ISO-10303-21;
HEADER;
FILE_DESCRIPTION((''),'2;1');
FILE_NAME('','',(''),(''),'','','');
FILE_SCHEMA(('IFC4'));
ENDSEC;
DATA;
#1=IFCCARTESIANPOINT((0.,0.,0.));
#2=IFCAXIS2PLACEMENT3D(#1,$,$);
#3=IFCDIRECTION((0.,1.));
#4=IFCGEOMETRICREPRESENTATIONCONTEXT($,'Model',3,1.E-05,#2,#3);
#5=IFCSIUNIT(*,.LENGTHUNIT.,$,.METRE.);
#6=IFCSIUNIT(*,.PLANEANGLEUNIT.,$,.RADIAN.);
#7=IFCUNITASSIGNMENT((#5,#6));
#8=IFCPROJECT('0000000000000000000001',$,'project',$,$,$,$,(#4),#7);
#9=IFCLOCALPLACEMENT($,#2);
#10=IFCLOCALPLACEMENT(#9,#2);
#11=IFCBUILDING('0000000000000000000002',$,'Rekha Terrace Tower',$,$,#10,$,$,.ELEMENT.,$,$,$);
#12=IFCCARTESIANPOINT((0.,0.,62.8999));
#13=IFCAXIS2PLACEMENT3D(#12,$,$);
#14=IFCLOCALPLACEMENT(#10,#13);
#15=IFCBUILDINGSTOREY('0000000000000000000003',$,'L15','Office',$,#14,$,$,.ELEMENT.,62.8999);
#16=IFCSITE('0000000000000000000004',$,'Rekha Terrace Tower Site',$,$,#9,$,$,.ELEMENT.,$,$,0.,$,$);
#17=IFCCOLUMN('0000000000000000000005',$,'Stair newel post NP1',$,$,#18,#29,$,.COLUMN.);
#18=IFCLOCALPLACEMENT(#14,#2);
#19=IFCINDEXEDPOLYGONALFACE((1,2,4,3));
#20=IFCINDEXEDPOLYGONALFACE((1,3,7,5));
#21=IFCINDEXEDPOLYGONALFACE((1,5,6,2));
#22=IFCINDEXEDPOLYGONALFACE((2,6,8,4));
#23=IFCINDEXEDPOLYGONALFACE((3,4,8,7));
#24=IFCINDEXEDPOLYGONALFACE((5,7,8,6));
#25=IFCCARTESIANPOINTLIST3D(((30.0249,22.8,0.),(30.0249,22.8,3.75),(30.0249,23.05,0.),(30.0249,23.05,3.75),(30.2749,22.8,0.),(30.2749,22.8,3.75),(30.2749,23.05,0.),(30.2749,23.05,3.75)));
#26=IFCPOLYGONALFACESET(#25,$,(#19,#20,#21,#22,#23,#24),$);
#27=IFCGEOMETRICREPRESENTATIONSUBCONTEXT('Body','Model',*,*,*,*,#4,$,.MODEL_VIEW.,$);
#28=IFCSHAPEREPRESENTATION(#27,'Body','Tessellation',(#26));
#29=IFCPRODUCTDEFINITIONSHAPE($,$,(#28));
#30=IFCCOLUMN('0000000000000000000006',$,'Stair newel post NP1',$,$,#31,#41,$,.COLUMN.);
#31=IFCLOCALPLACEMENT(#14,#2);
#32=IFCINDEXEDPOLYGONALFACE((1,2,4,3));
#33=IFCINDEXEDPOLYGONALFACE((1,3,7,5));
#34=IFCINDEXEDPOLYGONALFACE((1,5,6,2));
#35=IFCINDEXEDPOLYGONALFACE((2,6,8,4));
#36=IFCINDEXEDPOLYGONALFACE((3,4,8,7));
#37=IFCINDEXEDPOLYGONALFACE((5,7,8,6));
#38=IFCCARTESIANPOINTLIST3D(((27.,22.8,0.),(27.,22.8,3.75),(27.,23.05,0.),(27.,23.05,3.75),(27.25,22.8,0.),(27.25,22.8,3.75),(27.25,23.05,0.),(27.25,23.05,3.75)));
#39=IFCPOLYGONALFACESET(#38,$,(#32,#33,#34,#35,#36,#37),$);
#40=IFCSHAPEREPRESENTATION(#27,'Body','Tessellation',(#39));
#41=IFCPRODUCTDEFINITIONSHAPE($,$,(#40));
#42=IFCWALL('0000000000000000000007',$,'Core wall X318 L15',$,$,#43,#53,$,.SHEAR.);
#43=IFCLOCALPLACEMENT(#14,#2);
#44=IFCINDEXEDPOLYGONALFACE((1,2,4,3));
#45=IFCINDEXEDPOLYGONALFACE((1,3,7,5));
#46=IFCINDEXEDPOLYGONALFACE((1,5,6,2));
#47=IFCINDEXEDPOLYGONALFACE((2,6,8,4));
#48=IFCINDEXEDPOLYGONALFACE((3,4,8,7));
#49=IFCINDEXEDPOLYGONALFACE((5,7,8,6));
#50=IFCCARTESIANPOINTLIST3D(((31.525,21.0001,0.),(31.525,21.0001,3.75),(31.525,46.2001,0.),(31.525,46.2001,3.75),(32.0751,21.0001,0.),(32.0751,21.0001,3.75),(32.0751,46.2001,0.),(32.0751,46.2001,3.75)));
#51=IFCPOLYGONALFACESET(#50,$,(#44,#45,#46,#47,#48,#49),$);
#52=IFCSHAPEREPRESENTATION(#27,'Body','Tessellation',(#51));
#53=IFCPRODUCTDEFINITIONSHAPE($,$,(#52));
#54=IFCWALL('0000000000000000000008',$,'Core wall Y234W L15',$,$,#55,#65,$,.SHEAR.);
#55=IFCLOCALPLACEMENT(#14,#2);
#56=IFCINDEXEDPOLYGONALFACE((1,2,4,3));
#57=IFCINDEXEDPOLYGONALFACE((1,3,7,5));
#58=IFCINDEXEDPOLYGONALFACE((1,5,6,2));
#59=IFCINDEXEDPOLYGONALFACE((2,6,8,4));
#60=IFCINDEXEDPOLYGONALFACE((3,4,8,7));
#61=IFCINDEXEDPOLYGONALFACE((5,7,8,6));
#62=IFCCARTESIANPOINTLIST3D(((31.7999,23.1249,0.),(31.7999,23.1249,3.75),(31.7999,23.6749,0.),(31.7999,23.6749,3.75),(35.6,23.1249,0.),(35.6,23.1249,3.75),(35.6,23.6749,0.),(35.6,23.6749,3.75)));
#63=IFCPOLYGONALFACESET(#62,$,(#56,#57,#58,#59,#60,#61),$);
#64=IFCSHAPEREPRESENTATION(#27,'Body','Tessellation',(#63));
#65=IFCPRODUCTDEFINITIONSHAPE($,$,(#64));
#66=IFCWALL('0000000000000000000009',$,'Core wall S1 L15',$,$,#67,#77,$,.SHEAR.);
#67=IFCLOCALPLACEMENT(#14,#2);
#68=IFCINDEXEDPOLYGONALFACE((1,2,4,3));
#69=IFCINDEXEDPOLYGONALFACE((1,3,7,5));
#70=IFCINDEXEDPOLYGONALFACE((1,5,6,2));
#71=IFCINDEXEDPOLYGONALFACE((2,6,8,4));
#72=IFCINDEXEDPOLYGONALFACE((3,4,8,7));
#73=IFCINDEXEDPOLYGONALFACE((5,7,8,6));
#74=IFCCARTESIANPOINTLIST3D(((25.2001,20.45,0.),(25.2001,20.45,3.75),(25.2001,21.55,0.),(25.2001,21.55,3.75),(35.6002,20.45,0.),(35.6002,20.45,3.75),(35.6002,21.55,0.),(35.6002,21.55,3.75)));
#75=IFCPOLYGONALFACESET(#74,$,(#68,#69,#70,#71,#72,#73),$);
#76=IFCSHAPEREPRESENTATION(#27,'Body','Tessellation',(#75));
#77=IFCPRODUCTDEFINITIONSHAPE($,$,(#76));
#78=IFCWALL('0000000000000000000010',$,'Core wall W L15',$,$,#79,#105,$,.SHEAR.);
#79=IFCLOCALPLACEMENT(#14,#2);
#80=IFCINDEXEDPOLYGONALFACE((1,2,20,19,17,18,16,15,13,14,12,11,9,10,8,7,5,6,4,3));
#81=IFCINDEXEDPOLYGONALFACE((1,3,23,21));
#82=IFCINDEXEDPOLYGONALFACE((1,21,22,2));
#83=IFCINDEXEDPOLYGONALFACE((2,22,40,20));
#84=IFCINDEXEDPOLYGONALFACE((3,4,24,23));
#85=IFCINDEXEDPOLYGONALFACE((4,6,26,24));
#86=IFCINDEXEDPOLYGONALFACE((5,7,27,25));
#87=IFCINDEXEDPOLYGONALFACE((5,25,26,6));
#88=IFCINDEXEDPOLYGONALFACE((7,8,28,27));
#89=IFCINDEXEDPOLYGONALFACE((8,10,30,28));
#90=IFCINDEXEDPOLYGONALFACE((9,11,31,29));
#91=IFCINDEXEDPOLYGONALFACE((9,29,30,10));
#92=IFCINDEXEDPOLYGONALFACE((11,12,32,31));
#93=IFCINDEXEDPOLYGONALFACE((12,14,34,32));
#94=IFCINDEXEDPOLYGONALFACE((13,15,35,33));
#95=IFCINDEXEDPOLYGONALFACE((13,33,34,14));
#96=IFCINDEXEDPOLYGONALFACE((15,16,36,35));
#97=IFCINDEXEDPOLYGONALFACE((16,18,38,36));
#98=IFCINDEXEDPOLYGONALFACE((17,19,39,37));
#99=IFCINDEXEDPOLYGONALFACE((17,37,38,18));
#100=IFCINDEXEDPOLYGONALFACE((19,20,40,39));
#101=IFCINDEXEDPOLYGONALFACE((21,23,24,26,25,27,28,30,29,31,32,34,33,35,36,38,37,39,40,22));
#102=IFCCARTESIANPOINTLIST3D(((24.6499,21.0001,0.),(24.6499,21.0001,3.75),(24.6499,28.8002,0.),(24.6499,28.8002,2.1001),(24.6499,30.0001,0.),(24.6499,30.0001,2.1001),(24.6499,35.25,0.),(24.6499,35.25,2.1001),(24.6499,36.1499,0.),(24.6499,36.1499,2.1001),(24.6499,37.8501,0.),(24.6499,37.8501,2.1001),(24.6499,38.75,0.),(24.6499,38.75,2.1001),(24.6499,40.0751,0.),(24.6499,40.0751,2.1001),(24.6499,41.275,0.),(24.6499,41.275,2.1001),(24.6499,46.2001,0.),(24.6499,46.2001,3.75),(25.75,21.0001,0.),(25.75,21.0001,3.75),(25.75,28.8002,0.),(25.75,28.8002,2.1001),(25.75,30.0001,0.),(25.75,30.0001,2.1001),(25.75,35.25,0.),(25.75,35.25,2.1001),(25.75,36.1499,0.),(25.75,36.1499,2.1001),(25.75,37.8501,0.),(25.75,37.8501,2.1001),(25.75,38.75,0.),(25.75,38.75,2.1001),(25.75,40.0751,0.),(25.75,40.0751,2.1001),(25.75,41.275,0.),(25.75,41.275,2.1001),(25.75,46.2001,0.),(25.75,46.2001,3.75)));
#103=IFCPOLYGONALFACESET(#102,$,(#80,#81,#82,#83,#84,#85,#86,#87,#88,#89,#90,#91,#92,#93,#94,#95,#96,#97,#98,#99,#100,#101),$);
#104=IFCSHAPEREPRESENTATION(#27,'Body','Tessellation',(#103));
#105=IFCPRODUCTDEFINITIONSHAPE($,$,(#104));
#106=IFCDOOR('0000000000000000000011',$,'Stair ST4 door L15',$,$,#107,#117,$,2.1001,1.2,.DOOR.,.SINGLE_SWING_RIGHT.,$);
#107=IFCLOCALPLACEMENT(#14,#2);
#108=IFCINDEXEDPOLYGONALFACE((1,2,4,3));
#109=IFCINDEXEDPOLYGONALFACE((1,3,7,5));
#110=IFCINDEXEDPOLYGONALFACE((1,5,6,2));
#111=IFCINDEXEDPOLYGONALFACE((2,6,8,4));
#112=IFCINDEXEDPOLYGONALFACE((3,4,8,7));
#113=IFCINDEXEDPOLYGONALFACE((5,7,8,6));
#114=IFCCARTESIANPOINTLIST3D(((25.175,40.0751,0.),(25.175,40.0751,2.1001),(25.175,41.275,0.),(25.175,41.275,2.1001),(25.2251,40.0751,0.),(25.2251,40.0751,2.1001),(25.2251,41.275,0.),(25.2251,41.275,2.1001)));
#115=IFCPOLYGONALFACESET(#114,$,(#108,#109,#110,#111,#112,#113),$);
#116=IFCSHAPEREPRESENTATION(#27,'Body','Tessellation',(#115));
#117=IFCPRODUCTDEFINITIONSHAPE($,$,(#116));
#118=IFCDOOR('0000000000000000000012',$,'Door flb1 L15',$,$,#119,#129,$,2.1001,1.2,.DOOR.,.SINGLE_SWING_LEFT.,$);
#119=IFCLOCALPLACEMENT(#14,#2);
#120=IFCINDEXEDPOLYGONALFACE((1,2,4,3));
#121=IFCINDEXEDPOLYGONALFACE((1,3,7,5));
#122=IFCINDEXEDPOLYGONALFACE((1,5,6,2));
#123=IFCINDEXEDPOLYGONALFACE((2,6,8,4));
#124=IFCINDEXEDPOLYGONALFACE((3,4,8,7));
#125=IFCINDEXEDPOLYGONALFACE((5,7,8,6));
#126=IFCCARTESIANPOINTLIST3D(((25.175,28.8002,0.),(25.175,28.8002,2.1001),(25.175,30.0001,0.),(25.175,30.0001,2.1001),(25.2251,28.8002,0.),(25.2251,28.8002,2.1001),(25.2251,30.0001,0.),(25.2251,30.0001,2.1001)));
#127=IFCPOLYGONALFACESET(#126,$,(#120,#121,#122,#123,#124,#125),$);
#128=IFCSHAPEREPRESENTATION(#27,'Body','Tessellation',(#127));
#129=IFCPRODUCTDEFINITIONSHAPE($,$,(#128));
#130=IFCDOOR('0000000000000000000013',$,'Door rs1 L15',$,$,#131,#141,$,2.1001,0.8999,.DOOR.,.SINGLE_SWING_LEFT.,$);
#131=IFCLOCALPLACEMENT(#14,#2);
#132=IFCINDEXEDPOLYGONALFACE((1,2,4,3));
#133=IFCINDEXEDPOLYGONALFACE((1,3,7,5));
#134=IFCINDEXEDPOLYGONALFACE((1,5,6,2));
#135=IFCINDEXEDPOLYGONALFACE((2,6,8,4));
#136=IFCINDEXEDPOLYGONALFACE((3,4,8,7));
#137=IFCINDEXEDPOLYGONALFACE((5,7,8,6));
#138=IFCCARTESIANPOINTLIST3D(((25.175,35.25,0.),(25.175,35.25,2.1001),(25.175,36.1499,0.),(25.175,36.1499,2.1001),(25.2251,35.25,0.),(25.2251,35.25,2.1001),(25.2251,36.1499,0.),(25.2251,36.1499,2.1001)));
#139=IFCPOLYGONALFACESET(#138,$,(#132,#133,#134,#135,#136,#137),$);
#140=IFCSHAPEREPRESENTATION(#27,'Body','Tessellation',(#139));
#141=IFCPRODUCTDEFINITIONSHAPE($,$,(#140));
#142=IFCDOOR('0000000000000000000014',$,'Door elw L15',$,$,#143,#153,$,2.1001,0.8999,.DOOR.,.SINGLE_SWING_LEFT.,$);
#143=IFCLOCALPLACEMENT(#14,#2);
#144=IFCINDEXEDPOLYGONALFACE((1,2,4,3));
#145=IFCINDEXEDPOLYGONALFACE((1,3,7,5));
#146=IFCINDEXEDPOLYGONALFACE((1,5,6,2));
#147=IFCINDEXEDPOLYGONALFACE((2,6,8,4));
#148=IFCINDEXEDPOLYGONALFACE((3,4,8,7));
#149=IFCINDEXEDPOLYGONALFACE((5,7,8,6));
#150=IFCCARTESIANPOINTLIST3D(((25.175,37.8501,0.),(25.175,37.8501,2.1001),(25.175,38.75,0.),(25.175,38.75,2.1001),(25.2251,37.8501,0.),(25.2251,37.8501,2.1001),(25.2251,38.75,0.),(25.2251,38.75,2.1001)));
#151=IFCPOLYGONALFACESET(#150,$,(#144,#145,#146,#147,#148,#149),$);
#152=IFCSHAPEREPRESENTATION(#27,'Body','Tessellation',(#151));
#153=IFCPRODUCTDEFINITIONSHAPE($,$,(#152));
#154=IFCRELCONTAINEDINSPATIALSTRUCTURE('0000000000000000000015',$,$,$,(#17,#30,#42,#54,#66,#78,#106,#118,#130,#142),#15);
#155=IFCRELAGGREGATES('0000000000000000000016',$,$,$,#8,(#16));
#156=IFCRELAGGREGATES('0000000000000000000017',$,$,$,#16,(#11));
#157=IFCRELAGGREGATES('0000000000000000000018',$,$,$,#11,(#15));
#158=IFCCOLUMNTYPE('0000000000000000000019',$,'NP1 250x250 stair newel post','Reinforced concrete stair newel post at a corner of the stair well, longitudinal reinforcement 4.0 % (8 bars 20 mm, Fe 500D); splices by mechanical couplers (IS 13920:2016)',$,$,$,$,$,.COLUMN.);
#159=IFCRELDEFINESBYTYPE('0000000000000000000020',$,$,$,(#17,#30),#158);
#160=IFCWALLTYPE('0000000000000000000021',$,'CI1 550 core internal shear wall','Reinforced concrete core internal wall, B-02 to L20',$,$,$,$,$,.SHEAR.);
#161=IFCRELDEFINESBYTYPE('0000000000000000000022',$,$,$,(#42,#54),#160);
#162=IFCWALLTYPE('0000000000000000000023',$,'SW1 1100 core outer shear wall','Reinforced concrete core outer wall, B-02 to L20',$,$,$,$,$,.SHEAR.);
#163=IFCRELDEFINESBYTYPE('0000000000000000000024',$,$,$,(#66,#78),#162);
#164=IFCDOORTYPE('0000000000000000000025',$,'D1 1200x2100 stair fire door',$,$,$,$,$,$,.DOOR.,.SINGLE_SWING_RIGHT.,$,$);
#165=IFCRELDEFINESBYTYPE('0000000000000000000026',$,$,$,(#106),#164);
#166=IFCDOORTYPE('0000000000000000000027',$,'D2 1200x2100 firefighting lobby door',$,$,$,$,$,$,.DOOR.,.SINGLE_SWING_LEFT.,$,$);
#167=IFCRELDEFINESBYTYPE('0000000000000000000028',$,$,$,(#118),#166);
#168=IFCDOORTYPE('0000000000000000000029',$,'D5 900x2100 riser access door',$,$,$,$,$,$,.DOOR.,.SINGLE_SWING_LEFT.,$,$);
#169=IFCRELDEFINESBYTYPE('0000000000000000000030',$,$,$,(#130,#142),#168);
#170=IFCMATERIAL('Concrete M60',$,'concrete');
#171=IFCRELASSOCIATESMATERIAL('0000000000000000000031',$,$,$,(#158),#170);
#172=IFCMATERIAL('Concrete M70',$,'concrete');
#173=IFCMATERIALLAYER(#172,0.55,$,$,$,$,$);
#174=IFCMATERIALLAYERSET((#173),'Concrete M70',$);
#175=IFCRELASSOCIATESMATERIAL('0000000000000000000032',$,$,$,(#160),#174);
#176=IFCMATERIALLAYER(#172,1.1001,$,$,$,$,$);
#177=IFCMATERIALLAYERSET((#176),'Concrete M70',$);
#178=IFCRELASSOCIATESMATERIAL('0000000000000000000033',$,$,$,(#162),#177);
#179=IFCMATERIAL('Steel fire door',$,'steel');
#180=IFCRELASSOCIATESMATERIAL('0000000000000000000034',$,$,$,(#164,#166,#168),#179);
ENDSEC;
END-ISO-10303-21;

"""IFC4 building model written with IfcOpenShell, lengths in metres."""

from ifc_helpers import new_model, si_unit, direction, frame, frame_2d, origin, origin_2d, place, context, subcontext, project, spatial, rectangle, extrude, material, layer, layer_set, material_profile, profile_set, type_object, element, fill, save


model = new_model("IFC4")

# Units and contexts
model_context = context("Model", 3, precision=1e-05, world=origin(), true_north=direction((0.0, 1.0)))
body_context = subcontext(model_context, "Body", "Model", "MODEL_VIEW")
ifc_project = project(units=[si_unit("LENGTHUNIT", "METRE"), si_unit("PLANEANGLEUNIT", "RADIAN")], contexts=[model_context])

# Site, building, storey
site_placement = place(None, origin())
site = spatial("IfcSite", under=ifc_project, at=site_placement, Name="Rekha Terrace Tower Site", CompositionType="ELEMENT", RefElevation=0.0)
building_placement = place(site_placement, origin())
building = spatial("IfcBuilding", under=site, at=building_placement, Name="Rekha Terrace Tower", CompositionType="ELEMENT")
storey_placement = place(building_placement, frame((0.0, 0.0, 62.8999)))
storey = spatial("IfcBuildingStorey", under=building, at=storey_placement, Name="L15", Description="Office", CompositionType="ELEMENT", Elevation=62.8999)

# Columns
ifc_material_1 = material(Name="Concrete M60", Category="concrete")
ifc_material_profile = material_profile(ifc_material_1, rectangle(XDim=0.25, YDim=0.25, at=origin_2d()), Name="RC 250x250")
ifc_profile_set = profile_set([ifc_material_profile], Name="Concrete M60")
column_type = type_object("IfcColumnType", Name="NP1 250x250 stair newel post", Description="Reinforced concrete stair newel post at a corner of the stair well, longitudinal reinforcement 4.0 % (8 bars 20 mm, Fe 500D); splices by mechanical couplers (IS 13920:2016)", PredefinedType="COLUMN", material=ifc_profile_set)
for number, where, z_axis, x_axis, name in (
    (1, (30.1499, 22.925, 0.0), (0.0, 0.0, 1.0), (1.0, 0.0, 0.0), "Stair newel post NP1"),
    (2, (27.125, 22.925, 0.0), (0.0, 0.0, 1.0), (1.0, 0.0, 0.0), "Stair newel post NP1"),
):
    element("IfcColumn", number, at=place(storey_placement, frame(where, z_axis=z_axis, x_axis=x_axis)), inside=storey, type_object=column_type, Name=name, PredefinedType="COLUMN", context=body_context, shape_type="SweptSolid", body=[
        extrude(rectangle(XDim=0.25, YDim=0.25, at=origin_2d()), origin(), (0.0, 0.0, 1.0), 3.75),
    ])

# Walls
ifc_material_2 = material(Name="Concrete M70", Category="concrete")
ifc_layer_1 = layer(ifc_material_2, 0.55)
ifc_layer_set_1 = layer_set([ifc_layer_1], Name="Concrete M70")
wall_type_1 = type_object("IfcWallType", Name="CI1 550 core internal shear wall", Description="Reinforced concrete core internal wall, B-02 to L20", PredefinedType="SHEAR", material=ifc_layer_set_1)
wall_1_placement = place(storey_placement, frame((31.8, 21.0, 0.0), z_axis=(0.0, 0.0, 1.0), x_axis=(0.0, 1.0, 0.0)))
element("IfcWall", 3, at=wall_1_placement, inside=storey, type_object=wall_type_1, Name="Core wall X318 L15", PredefinedType="SHEAR", context=body_context, shape_type="SweptSolid", body=[
    extrude(rectangle(XDim=25.2, YDim=0.55, at=frame_2d((12.6001, 0.0))), origin(), (0.0, 0.0, 1.0), 3.75),
])
wall_2_placement = place(storey_placement, frame((31.8, 23.3999, 0.0), z_axis=(0.0, 0.0, 1.0), x_axis=(1.0, 0.0, 0.0)))
element("IfcWall", 4, at=wall_2_placement, inside=storey, type_object=wall_type_1, Name="Core wall Y234W L15", PredefinedType="SHEAR", context=body_context, shape_type="SweptSolid", body=[
    extrude(rectangle(XDim=3.8, YDim=0.55, at=frame_2d((1.8999, 0.0))), origin(), (0.0, 0.0, 1.0), 3.75),
])
ifc_layer_2 = layer(ifc_material_2, 1.1001)
ifc_layer_set_2 = layer_set([ifc_layer_2], Name="Concrete M70")
wall_type_2 = type_object("IfcWallType", Name="SW1 1100 core outer shear wall", Description="Reinforced concrete core outer wall, B-02 to L20", PredefinedType="SHEAR", material=ifc_layer_set_2)
wall_3_placement = place(storey_placement, frame((25.2, 21.0, 0.0), z_axis=(0.0, 0.0, 1.0), x_axis=(1.0, 0.0, 0.0)))
element("IfcWall", 5, at=wall_3_placement, inside=storey, type_object=wall_type_2, Name="Core wall S1 L15", PredefinedType="SHEAR", context=body_context, shape_type="SweptSolid", body=[
    extrude(rectangle(XDim=10.4001, YDim=1.1001, at=frame_2d((5.2002, 0.0))), origin(), (0.0, 0.0, 1.0), 3.75),
])

# Wall, openings, doors
wall_4_placement = place(storey_placement, frame((25.2, 21.0, 0.0), z_axis=(0.0, 0.0, 1.0), x_axis=(0.0, 1.0, 0.0)))
wall_4 = element("IfcWall", 6, at=wall_4_placement, inside=storey, type_object=wall_type_2, Name="Core wall W L15", PredefinedType="SHEAR", context=body_context, shape_type="SweptSolid", body=[
    extrude(rectangle(XDim=25.2, YDim=1.1001, at=frame_2d((12.6001, 0.0))), origin(), (0.0, 0.0, 1.0), 3.75),
])
opening_1_placement = place(wall_4_placement, frame((7.8, 0.0, 0.0)))
opening_1 = element("IfcOpeningElement", 7, at=opening_1_placement, cuts=wall_4, PredefinedType="OPENING", context=body_context, shape_type="SweptSolid", body=[
    extrude(rectangle(XDim=1.2, YDim=2.1001, at=frame_2d((0.6001, 1.05))), frame((0.0, 0.5601, 0.0), z_axis=(0.0, -1.0, 0.0), x_axis=(1.0, 0.0, 0.0)), (0.0, 0.0, 1.0), 1.1201),
])
opening_2_placement = place(wall_4_placement, frame((14.25, 0.0, 0.0)))
opening_2 = element("IfcOpeningElement", 8, at=opening_2_placement, cuts=wall_4, PredefinedType="OPENING", context=body_context, shape_type="SweptSolid", body=[
    extrude(rectangle(XDim=0.8999, YDim=2.1001, at=frame_2d((0.45, 1.05))), frame((0.0, 0.5601, 0.0), z_axis=(0.0, -1.0, 0.0), x_axis=(1.0, 0.0, 0.0)), (0.0, 0.0, 1.0), 1.1201),
])
opening_3_placement = place(wall_4_placement, frame((16.8501, 0.0, 0.0)))
opening_3 = element("IfcOpeningElement", 9, at=opening_3_placement, cuts=wall_4, PredefinedType="OPENING", context=body_context, shape_type="SweptSolid", body=[
    extrude(rectangle(XDim=0.8999, YDim=2.1001, at=frame_2d((0.45, 1.05))), frame((0.0, 0.5601, 0.0), z_axis=(0.0, -1.0, 0.0), x_axis=(1.0, 0.0, 0.0)), (0.0, 0.0, 1.0), 1.1201),
])
opening_4_placement = place(wall_4_placement, frame((19.075, 0.0, 0.0)))
opening_4 = element("IfcOpeningElement", 10, at=opening_4_placement, cuts=wall_4, PredefinedType="OPENING", context=body_context, shape_type="SweptSolid", body=[
    extrude(rectangle(XDim=1.2, YDim=2.1001, at=frame_2d((0.6001, 1.05))), frame((0.0, 0.5601, 0.0), z_axis=(0.0, -1.0, 0.0), x_axis=(1.0, 0.0, 0.0)), (0.0, 0.0, 1.0), 1.1201),
])
ifc_material_3 = material(Name="Steel fire door", Category="steel")
door_type_1 = type_object("IfcDoorType", Name="D1 1200x2100 stair fire door", OperationType="SINGLE_SWING_RIGHT", PredefinedType="DOOR", material=ifc_material_3)
door_1_placement = place(opening_4_placement, origin())
door_1 = element("IfcDoor", 11, at=door_1_placement, inside=storey, type_object=door_type_1, Name="Stair ST4 door L15", OperationType="SINGLE_SWING_RIGHT", OverallHeight=2.1001, OverallWidth=1.2, PredefinedType="DOOR", context=body_context, shape_type="SweptSolid", body=[
    extrude(rectangle(XDim=1.2, YDim=2.1001, at=frame_2d((0.6001, 1.05))), frame((0.0, 0.0249, 0.0), z_axis=(0.0, -1.0, 0.0), x_axis=(1.0, 0.0, 0.0)), (0.0, 0.0, 1.0), 0.05),
])
fill(opening_4, door_1)
door_type_2 = type_object("IfcDoorType", Name="D2 1200x2100 firefighting lobby door", OperationType="SINGLE_SWING_LEFT", PredefinedType="DOOR", material=ifc_material_3)
door_2_placement = place(opening_1_placement, origin())
door_2 = element("IfcDoor", 12, at=door_2_placement, inside=storey, type_object=door_type_2, Name="Door flb1 L15", OperationType="SINGLE_SWING_LEFT", OverallHeight=2.1001, OverallWidth=1.2, PredefinedType="DOOR", context=body_context, shape_type="SweptSolid", body=[
    extrude(rectangle(XDim=1.2, YDim=2.1001, at=frame_2d((0.6001, 1.05))), frame((0.0, 0.0249, 0.0), z_axis=(0.0, -1.0, 0.0), x_axis=(1.0, 0.0, 0.0)), (0.0, 0.0, 1.0), 0.05),
])
fill(opening_1, door_2)
door_type_3 = type_object("IfcDoorType", Name="D5 900x2100 riser access door", OperationType="SINGLE_SWING_LEFT", PredefinedType="DOOR", material=ifc_material_3)
door_3_placement = place(opening_2_placement, origin())
door_3 = element("IfcDoor", 13, at=door_3_placement, inside=storey, type_object=door_type_3, Name="Door rs1 L15", OperationType="SINGLE_SWING_LEFT", OverallHeight=2.1001, OverallWidth=0.8999, PredefinedType="DOOR", context=body_context, shape_type="SweptSolid", body=[
    extrude(rectangle(XDim=0.8999, YDim=2.1001, at=frame_2d((0.45, 1.05))), frame((0.0, 0.0249, 0.0), z_axis=(0.0, -1.0, 0.0), x_axis=(1.0, 0.0, 0.0)), (0.0, 0.0, 1.0), 0.05),
])
fill(opening_2, door_3)
door_4_placement = place(opening_3_placement, origin())
door_4 = element("IfcDoor", 14, at=door_4_placement, inside=storey, type_object=door_type_3, Name="Door elw L15", OperationType="SINGLE_SWING_LEFT", OverallHeight=2.1001, OverallWidth=0.8999, PredefinedType="DOOR", context=body_context, shape_type="SweptSolid", body=[
    extrude(rectangle(XDim=0.8999, YDim=2.1001, at=frame_2d((0.45, 1.05))), frame((0.0, 0.0249, 0.0), z_axis=(0.0, -1.0, 0.0), x_axis=(1.0, 0.0, 0.0)), (0.0, 0.0, 1.0), 0.05),
])
fill(opening_3, door_4)

save(model, "model.ifc")
